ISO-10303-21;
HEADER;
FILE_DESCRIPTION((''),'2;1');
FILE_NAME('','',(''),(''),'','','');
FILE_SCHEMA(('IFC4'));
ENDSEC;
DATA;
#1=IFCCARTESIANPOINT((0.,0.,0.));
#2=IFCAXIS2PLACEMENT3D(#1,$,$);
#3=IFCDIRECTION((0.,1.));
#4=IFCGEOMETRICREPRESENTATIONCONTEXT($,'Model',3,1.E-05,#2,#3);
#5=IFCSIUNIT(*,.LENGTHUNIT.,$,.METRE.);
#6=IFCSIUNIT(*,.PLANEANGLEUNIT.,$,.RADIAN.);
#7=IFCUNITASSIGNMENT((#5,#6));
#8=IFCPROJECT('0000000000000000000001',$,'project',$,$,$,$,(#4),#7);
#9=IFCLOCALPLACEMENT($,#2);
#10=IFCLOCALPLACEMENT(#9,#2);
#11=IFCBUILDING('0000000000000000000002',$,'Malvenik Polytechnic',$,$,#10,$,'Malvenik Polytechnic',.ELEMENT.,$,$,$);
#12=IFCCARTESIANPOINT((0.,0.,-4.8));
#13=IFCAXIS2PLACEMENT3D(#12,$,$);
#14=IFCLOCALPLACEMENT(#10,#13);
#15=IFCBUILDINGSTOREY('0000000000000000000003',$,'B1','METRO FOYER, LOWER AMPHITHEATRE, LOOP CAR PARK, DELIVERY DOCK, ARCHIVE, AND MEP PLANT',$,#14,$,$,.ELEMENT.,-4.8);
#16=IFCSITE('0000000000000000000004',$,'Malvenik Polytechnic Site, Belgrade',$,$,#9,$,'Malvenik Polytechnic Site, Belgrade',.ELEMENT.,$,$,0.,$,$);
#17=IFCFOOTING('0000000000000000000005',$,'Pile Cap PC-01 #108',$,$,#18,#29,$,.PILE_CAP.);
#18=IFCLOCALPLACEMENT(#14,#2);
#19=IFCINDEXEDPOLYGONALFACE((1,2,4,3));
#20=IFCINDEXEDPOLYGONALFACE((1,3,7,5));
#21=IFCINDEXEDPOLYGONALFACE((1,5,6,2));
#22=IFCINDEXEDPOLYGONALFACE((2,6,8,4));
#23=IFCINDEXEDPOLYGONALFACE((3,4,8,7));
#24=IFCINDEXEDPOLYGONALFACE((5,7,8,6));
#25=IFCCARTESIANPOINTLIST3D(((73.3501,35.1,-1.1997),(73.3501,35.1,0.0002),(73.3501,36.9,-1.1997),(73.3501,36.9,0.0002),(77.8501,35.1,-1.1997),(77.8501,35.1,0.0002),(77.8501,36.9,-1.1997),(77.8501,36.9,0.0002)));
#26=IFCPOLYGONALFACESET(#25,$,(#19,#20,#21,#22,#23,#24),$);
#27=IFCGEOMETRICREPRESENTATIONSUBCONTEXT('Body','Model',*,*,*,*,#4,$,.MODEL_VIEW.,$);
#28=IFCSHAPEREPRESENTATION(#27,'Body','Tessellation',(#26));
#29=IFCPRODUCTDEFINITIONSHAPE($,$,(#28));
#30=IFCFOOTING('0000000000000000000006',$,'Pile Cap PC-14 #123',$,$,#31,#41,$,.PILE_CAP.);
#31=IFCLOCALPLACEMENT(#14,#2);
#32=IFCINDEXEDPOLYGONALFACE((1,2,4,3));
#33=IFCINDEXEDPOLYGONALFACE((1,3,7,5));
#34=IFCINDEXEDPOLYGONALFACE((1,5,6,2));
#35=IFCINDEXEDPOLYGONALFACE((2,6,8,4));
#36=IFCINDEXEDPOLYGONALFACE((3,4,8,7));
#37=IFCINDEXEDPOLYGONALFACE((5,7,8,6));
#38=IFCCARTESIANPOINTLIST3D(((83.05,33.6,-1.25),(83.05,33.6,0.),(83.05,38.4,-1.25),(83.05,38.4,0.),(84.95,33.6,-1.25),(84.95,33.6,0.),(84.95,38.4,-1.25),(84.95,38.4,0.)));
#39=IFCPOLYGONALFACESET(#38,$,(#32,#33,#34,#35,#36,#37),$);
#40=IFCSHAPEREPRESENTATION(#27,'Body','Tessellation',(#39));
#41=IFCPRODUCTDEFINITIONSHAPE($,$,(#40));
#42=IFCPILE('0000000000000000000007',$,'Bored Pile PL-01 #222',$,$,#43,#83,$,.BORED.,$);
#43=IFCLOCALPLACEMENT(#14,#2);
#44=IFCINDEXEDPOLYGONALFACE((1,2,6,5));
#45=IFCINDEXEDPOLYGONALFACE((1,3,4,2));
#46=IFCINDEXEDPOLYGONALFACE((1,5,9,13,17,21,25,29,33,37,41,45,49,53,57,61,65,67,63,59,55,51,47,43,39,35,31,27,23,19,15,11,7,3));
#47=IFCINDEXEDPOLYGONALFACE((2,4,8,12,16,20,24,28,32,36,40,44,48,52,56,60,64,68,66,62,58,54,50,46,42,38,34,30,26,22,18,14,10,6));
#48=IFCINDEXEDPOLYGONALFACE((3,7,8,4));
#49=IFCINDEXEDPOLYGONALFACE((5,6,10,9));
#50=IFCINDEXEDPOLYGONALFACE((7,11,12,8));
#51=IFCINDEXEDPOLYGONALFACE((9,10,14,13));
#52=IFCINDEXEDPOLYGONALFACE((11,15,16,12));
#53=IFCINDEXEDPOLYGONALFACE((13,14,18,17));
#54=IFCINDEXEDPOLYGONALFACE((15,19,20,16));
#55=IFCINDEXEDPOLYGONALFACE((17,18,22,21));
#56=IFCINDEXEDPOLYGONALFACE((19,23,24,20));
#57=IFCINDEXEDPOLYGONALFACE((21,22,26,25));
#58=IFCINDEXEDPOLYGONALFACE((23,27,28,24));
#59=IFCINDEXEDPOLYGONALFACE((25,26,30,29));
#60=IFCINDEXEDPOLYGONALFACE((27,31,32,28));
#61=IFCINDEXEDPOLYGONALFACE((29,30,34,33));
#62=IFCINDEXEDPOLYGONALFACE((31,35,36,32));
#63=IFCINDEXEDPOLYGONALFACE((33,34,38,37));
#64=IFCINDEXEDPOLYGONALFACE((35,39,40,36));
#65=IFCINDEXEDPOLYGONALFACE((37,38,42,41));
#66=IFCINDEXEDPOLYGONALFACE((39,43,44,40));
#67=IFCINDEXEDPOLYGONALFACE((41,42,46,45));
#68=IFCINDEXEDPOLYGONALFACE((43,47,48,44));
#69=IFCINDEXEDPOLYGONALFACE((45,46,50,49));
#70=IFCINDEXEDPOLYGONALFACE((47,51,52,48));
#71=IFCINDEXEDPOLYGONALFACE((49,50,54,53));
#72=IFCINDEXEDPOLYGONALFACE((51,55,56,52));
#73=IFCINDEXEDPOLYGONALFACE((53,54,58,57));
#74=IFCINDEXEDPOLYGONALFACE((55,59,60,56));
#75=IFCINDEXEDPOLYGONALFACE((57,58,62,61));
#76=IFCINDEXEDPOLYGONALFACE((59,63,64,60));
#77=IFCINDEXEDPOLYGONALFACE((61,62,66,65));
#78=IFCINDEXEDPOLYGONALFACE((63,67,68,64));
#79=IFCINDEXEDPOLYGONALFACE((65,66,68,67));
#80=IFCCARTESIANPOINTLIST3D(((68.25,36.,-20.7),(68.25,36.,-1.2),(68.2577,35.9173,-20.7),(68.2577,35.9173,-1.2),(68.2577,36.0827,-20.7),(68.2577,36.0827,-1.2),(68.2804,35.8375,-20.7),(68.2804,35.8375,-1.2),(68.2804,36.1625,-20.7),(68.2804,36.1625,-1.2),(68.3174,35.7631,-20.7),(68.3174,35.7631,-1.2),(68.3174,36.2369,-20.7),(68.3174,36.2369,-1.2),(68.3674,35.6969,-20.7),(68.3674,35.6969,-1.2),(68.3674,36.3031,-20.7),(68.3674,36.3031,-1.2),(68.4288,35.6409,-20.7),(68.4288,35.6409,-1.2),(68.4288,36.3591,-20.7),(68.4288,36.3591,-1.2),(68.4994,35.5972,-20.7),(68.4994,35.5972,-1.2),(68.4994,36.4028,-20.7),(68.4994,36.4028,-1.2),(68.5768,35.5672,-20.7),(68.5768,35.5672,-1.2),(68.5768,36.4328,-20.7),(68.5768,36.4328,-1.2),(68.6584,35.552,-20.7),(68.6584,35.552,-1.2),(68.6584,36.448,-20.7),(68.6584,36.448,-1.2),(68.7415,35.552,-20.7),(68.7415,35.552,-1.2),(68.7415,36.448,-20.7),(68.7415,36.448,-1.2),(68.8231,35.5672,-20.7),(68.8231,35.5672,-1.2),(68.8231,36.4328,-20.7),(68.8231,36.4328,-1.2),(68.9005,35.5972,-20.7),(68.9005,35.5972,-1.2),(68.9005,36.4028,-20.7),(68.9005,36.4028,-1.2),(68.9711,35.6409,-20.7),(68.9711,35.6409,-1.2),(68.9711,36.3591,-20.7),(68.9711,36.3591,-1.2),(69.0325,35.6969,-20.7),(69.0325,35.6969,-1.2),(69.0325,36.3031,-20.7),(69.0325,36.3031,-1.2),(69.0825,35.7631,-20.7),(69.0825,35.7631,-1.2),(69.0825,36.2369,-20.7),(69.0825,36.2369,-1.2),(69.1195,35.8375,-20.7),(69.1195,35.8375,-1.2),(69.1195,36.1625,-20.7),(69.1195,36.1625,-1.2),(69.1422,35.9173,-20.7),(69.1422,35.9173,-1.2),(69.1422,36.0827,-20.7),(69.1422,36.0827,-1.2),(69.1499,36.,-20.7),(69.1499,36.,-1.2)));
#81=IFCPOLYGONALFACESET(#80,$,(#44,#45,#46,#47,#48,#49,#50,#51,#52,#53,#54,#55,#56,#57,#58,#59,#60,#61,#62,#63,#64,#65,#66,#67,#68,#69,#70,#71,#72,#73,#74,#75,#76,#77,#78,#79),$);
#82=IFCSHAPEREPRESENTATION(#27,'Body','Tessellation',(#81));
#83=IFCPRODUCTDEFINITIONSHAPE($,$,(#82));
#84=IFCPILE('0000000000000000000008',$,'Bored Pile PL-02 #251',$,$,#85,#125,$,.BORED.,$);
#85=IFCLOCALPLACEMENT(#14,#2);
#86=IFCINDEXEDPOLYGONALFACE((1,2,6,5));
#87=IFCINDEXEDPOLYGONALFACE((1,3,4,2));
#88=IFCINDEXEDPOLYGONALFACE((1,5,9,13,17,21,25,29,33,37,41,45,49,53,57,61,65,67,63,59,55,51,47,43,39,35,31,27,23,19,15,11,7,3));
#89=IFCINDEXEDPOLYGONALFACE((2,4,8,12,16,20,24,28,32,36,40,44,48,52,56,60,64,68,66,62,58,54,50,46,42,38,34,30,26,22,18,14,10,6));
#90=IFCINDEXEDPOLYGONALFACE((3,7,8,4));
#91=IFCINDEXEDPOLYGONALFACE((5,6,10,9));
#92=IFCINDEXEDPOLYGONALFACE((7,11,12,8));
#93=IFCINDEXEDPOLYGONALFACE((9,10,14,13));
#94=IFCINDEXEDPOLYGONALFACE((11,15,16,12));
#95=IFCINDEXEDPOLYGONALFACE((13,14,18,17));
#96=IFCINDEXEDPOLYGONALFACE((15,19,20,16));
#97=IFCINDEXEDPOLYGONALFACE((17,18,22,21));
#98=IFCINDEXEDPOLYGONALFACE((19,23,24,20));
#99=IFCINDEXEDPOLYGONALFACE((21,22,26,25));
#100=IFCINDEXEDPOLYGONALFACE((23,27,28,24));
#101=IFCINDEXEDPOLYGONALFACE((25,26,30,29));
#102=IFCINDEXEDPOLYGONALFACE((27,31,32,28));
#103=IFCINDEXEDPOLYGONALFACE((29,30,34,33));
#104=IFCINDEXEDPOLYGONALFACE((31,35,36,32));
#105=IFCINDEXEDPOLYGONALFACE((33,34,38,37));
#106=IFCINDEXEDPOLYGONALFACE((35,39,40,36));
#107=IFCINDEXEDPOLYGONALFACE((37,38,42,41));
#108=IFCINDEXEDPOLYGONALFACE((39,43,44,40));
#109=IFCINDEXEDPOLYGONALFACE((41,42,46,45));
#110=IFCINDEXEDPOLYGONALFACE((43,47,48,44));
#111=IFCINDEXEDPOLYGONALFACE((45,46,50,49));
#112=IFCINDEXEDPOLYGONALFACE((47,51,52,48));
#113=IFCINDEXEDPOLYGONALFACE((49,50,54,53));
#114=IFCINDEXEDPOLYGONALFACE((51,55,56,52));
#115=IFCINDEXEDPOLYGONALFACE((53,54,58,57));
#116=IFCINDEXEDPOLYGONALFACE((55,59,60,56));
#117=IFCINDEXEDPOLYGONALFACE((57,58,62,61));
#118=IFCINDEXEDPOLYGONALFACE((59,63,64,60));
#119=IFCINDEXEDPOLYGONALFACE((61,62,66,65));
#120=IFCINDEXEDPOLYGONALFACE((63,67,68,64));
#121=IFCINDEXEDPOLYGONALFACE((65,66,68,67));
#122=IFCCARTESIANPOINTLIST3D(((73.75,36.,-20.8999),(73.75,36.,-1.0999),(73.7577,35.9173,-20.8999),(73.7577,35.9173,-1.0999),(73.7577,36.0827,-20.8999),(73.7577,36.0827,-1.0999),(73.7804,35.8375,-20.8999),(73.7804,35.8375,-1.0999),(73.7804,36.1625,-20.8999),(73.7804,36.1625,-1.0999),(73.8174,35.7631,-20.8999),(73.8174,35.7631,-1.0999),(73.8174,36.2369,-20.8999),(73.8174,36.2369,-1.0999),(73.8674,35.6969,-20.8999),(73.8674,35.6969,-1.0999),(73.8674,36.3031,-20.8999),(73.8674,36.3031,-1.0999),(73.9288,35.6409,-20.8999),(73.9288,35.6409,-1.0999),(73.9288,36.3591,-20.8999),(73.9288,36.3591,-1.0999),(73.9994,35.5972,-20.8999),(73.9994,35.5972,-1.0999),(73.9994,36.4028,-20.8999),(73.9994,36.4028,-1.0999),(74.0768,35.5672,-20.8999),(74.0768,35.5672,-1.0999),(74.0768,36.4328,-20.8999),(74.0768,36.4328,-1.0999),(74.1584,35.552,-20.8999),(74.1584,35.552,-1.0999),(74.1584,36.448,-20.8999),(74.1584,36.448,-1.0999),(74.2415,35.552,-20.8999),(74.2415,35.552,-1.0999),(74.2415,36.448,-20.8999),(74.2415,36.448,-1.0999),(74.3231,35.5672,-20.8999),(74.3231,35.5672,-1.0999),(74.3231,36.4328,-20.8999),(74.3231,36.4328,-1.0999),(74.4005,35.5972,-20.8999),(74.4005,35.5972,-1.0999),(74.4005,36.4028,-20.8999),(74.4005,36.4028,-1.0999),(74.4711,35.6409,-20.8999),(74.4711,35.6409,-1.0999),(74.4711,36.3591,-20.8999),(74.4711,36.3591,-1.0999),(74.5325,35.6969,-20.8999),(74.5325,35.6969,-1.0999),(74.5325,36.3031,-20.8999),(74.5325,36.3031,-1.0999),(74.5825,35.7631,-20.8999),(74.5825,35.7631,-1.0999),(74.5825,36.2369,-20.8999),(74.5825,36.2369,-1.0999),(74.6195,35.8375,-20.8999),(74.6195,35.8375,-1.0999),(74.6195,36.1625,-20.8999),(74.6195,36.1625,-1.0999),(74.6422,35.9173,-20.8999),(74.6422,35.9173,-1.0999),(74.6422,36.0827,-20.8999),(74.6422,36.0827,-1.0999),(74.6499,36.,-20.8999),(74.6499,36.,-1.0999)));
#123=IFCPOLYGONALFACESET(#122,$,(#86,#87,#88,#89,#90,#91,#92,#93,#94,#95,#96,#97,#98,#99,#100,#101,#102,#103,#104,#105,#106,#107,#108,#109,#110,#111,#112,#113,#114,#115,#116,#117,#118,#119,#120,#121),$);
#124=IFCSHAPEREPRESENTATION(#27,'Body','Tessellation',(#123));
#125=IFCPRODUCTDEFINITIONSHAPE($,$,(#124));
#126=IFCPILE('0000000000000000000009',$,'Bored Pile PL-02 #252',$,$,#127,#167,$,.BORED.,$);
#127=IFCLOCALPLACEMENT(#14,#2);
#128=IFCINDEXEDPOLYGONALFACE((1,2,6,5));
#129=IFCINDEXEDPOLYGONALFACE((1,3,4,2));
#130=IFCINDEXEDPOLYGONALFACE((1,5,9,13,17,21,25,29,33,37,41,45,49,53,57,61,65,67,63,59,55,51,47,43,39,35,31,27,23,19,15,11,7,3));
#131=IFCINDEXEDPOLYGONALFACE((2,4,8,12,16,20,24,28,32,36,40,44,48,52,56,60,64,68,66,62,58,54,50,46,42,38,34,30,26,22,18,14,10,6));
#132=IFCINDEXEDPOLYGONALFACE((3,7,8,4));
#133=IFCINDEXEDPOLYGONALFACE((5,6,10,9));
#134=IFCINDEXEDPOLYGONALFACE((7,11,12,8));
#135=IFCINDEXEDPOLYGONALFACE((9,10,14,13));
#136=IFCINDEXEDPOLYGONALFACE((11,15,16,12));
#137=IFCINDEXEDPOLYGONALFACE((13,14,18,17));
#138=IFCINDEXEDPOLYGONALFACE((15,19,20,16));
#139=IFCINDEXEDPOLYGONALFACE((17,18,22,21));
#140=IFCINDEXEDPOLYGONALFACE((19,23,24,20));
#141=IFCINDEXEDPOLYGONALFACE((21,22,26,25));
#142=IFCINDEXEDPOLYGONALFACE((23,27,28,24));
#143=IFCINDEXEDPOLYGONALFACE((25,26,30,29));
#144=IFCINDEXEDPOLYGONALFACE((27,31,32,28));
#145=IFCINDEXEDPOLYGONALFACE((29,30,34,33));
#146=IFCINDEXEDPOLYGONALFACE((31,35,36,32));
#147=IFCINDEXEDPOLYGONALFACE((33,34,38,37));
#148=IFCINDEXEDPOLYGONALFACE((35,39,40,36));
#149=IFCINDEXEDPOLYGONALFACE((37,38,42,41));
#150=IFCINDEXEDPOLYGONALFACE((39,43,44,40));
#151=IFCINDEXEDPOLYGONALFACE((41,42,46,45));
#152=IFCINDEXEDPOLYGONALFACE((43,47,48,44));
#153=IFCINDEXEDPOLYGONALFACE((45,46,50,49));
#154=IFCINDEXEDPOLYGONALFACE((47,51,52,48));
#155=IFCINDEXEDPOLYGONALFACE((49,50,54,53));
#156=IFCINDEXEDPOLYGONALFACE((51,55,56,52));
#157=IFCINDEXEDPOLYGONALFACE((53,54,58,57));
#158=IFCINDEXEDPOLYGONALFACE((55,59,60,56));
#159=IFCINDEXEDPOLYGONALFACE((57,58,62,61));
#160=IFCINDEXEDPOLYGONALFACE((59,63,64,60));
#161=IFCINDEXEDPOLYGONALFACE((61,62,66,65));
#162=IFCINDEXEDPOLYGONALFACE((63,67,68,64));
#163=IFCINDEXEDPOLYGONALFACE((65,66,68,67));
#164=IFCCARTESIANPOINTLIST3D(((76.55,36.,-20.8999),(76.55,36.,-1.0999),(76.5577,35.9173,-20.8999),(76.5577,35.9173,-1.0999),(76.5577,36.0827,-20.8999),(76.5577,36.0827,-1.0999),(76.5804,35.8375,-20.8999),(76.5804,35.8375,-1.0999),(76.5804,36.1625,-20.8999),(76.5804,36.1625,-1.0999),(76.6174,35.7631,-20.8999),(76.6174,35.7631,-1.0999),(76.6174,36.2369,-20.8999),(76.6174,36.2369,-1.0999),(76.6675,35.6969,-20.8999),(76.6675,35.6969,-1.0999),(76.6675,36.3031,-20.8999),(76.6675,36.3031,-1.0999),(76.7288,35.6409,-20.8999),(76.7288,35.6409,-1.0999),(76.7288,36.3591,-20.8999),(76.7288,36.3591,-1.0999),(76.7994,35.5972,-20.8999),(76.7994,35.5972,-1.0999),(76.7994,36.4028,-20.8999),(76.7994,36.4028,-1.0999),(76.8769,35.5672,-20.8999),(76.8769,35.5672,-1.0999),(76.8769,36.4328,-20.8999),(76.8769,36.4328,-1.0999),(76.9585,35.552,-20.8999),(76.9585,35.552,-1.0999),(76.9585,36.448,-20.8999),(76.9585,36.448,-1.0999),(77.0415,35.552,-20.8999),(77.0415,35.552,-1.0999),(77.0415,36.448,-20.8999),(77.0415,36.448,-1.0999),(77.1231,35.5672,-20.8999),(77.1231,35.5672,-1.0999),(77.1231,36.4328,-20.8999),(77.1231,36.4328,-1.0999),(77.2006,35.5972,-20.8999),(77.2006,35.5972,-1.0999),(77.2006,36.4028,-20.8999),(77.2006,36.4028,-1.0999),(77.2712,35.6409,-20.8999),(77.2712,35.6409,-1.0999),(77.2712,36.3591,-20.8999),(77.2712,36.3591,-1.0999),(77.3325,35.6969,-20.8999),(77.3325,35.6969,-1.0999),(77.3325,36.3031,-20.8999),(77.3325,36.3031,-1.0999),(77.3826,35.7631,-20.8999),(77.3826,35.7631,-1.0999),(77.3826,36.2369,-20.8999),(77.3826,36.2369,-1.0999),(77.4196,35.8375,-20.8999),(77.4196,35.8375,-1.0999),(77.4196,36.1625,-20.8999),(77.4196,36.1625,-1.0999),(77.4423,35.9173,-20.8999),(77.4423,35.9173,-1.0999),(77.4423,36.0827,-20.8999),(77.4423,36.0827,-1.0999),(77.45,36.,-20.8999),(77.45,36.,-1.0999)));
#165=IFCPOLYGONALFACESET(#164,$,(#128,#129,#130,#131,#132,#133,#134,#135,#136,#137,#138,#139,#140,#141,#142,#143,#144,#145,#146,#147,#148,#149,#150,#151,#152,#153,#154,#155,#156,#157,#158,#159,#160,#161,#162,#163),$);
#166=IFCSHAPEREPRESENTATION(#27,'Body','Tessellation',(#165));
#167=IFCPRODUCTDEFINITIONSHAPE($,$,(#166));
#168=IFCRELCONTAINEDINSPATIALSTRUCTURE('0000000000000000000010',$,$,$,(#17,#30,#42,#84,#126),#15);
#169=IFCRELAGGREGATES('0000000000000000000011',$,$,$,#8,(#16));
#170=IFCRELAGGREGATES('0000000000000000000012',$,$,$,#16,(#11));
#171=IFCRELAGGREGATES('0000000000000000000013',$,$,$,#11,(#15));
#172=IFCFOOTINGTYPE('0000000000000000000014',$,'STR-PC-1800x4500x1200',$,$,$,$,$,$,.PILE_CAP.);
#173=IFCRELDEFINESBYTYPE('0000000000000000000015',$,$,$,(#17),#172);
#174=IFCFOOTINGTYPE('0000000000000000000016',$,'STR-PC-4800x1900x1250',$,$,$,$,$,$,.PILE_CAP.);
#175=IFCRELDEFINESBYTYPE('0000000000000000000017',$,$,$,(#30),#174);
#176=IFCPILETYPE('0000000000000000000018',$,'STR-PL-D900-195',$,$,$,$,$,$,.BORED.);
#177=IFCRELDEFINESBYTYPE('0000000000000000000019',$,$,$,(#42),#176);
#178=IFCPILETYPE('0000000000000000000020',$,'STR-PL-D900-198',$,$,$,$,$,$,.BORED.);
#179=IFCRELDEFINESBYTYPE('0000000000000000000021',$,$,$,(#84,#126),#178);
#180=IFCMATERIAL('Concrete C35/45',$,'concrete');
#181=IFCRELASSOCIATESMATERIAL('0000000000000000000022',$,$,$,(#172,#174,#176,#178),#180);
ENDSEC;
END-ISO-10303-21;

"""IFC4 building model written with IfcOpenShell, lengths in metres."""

from ifc_helpers import new_model, si_unit, direction, frame, origin, origin_2d, place, context, subcontext, project, spatial, rectangle, circle, extrude, material, material_profile, profile_set, type_object, element, save


model = new_model("IFC4")

# Units and contexts
model_context = context("Model", 3, precision=1e-05, world=origin(), true_north=direction((0.0, 1.0)))
body_context = subcontext(model_context, "Body", "Model", "MODEL_VIEW")
ifc_project = project(units=[si_unit("LENGTHUNIT", "METRE"), si_unit("PLANEANGLEUNIT", "RADIAN")], contexts=[model_context])

# Site, building, storey
site_placement = place(None, origin())
site = spatial("IfcSite", under=ifc_project, at=site_placement, Name="Malvenik Polytechnic Site, Belgrade", LongName="Malvenik Polytechnic Site, Belgrade", CompositionType="ELEMENT", RefElevation=0.0)
building_placement = place(site_placement, origin())
building = spatial("IfcBuilding", under=site, at=building_placement, Name="Malvenik Polytechnic", LongName="Malvenik Polytechnic", CompositionType="ELEMENT")
storey_placement = place(building_placement, frame((0.0, 0.0, -4.8)))
storey = spatial("IfcBuildingStorey", under=building, at=storey_placement, Name="B1", Description="METRO FOYER, LOWER AMPHITHEATRE, LOOP CAR PARK, DELIVERY DOCK, ARCHIVE, AND MEP PLANT", CompositionType="ELEMENT", Elevation=-4.8)

# Footings
ifc_material_1 = material(Name="Concrete C35/45", Category="concrete")
footing_type_1 = type_object("IfcFootingType", Name="STR-PC-1800x4500x1200", PredefinedType="PILE_CAP", material=ifc_material_1)
footing_1_placement = place(storey_placement, frame((75.6001, 36.0, -1.1997), z_axis=(0.0, 0.0, 1.0), x_axis=(1.0, 0.0, 0.0)))
element("IfcFooting", 1, at=footing_1_placement, inside=storey, type_object=footing_type_1, Name="Pile Cap PC-01 #108", PredefinedType="PILE_CAP", context=body_context, shape_type="SweptSolid", body=[
    extrude(rectangle(XDim=4.5, YDim=1.8, at=origin_2d()), origin(), (0.0, 0.0, 1.0), 1.2),
])
footing_type_2 = type_object("IfcFootingType", Name="STR-PC-4800x1900x1250", PredefinedType="PILE_CAP", material=ifc_material_1)
footing_2_placement = place(storey_placement, frame((84.0, 36.0, -1.25), z_axis=(0.0, 0.0, 1.0), x_axis=(1.0, 0.0, 0.0)))
element("IfcFooting", 2, at=footing_2_placement, inside=storey, type_object=footing_type_2, Name="Pile Cap PC-14 #123", PredefinedType="PILE_CAP", context=body_context, shape_type="SweptSolid", body=[
    extrude(rectangle(XDim=1.8999, YDim=4.8, at=origin_2d()), origin(), (0.0, 0.0, 1.0), 1.25),
])

# Piles
ifc_material_profile_1 = material_profile(ifc_material_1, circle(Radius=0.45, at=origin_2d()), Name="BORED PILE D900")
ifc_profile_set_1 = profile_set([ifc_material_profile_1], Name="Concrete C35/45")
pile_type_1 = type_object("IfcPileType", Name="STR-PL-D900-195", PredefinedType="BORED", material=ifc_profile_set_1)
pile_placement = place(storey_placement, frame((68.7, 36.0, -1.2), z_axis=(0.0, 0.0, -1.0), x_axis=(1.0, 0.0, 0.0)))
element("IfcPile", 3, at=pile_placement, inside=storey, type_object=pile_type_1, Name="Bored Pile PL-01 #222", PredefinedType="BORED", context=body_context, shape_type="SweptSolid", body=[
    extrude(circle(Radius=0.45, at=origin_2d()), origin(), (0.0, 0.0, 1.0), 19.5),
])
ifc_material_profile_2 = material_profile(ifc_material_1, circle(Radius=0.45, at=origin_2d()), Name="BORED PILE D900")
ifc_profile_set_2 = profile_set([ifc_material_profile_2], Name="Concrete C35/45")
pile_type_2 = type_object("IfcPileType", Name="STR-PL-D900-198", PredefinedType="BORED", material=ifc_profile_set_2)
for number, where, z_axis, x_axis, name in (
    (4, (74.2, 36.0, -1.0999), (0.0, 0.0, -1.0), (1.0, 0.0, 0.0), "Bored Pile PL-02 #251"),
    (5, (77.0, 36.0, -1.0999), (0.0, 0.0, -1.0), (1.0, 0.0, 0.0), "Bored Pile PL-02 #252"),
):
    element("IfcPile", number, at=place(storey_placement, frame(where, z_axis=z_axis, x_axis=x_axis)), inside=storey, type_object=pile_type_2, Name=name, PredefinedType="BORED", context=body_context, shape_type="SweptSolid", body=[
        extrude(circle(Radius=0.45, at=origin_2d()), origin(), (0.0, 0.0, 1.0), 19.8),
    ])

save(model, "model.ifc")
